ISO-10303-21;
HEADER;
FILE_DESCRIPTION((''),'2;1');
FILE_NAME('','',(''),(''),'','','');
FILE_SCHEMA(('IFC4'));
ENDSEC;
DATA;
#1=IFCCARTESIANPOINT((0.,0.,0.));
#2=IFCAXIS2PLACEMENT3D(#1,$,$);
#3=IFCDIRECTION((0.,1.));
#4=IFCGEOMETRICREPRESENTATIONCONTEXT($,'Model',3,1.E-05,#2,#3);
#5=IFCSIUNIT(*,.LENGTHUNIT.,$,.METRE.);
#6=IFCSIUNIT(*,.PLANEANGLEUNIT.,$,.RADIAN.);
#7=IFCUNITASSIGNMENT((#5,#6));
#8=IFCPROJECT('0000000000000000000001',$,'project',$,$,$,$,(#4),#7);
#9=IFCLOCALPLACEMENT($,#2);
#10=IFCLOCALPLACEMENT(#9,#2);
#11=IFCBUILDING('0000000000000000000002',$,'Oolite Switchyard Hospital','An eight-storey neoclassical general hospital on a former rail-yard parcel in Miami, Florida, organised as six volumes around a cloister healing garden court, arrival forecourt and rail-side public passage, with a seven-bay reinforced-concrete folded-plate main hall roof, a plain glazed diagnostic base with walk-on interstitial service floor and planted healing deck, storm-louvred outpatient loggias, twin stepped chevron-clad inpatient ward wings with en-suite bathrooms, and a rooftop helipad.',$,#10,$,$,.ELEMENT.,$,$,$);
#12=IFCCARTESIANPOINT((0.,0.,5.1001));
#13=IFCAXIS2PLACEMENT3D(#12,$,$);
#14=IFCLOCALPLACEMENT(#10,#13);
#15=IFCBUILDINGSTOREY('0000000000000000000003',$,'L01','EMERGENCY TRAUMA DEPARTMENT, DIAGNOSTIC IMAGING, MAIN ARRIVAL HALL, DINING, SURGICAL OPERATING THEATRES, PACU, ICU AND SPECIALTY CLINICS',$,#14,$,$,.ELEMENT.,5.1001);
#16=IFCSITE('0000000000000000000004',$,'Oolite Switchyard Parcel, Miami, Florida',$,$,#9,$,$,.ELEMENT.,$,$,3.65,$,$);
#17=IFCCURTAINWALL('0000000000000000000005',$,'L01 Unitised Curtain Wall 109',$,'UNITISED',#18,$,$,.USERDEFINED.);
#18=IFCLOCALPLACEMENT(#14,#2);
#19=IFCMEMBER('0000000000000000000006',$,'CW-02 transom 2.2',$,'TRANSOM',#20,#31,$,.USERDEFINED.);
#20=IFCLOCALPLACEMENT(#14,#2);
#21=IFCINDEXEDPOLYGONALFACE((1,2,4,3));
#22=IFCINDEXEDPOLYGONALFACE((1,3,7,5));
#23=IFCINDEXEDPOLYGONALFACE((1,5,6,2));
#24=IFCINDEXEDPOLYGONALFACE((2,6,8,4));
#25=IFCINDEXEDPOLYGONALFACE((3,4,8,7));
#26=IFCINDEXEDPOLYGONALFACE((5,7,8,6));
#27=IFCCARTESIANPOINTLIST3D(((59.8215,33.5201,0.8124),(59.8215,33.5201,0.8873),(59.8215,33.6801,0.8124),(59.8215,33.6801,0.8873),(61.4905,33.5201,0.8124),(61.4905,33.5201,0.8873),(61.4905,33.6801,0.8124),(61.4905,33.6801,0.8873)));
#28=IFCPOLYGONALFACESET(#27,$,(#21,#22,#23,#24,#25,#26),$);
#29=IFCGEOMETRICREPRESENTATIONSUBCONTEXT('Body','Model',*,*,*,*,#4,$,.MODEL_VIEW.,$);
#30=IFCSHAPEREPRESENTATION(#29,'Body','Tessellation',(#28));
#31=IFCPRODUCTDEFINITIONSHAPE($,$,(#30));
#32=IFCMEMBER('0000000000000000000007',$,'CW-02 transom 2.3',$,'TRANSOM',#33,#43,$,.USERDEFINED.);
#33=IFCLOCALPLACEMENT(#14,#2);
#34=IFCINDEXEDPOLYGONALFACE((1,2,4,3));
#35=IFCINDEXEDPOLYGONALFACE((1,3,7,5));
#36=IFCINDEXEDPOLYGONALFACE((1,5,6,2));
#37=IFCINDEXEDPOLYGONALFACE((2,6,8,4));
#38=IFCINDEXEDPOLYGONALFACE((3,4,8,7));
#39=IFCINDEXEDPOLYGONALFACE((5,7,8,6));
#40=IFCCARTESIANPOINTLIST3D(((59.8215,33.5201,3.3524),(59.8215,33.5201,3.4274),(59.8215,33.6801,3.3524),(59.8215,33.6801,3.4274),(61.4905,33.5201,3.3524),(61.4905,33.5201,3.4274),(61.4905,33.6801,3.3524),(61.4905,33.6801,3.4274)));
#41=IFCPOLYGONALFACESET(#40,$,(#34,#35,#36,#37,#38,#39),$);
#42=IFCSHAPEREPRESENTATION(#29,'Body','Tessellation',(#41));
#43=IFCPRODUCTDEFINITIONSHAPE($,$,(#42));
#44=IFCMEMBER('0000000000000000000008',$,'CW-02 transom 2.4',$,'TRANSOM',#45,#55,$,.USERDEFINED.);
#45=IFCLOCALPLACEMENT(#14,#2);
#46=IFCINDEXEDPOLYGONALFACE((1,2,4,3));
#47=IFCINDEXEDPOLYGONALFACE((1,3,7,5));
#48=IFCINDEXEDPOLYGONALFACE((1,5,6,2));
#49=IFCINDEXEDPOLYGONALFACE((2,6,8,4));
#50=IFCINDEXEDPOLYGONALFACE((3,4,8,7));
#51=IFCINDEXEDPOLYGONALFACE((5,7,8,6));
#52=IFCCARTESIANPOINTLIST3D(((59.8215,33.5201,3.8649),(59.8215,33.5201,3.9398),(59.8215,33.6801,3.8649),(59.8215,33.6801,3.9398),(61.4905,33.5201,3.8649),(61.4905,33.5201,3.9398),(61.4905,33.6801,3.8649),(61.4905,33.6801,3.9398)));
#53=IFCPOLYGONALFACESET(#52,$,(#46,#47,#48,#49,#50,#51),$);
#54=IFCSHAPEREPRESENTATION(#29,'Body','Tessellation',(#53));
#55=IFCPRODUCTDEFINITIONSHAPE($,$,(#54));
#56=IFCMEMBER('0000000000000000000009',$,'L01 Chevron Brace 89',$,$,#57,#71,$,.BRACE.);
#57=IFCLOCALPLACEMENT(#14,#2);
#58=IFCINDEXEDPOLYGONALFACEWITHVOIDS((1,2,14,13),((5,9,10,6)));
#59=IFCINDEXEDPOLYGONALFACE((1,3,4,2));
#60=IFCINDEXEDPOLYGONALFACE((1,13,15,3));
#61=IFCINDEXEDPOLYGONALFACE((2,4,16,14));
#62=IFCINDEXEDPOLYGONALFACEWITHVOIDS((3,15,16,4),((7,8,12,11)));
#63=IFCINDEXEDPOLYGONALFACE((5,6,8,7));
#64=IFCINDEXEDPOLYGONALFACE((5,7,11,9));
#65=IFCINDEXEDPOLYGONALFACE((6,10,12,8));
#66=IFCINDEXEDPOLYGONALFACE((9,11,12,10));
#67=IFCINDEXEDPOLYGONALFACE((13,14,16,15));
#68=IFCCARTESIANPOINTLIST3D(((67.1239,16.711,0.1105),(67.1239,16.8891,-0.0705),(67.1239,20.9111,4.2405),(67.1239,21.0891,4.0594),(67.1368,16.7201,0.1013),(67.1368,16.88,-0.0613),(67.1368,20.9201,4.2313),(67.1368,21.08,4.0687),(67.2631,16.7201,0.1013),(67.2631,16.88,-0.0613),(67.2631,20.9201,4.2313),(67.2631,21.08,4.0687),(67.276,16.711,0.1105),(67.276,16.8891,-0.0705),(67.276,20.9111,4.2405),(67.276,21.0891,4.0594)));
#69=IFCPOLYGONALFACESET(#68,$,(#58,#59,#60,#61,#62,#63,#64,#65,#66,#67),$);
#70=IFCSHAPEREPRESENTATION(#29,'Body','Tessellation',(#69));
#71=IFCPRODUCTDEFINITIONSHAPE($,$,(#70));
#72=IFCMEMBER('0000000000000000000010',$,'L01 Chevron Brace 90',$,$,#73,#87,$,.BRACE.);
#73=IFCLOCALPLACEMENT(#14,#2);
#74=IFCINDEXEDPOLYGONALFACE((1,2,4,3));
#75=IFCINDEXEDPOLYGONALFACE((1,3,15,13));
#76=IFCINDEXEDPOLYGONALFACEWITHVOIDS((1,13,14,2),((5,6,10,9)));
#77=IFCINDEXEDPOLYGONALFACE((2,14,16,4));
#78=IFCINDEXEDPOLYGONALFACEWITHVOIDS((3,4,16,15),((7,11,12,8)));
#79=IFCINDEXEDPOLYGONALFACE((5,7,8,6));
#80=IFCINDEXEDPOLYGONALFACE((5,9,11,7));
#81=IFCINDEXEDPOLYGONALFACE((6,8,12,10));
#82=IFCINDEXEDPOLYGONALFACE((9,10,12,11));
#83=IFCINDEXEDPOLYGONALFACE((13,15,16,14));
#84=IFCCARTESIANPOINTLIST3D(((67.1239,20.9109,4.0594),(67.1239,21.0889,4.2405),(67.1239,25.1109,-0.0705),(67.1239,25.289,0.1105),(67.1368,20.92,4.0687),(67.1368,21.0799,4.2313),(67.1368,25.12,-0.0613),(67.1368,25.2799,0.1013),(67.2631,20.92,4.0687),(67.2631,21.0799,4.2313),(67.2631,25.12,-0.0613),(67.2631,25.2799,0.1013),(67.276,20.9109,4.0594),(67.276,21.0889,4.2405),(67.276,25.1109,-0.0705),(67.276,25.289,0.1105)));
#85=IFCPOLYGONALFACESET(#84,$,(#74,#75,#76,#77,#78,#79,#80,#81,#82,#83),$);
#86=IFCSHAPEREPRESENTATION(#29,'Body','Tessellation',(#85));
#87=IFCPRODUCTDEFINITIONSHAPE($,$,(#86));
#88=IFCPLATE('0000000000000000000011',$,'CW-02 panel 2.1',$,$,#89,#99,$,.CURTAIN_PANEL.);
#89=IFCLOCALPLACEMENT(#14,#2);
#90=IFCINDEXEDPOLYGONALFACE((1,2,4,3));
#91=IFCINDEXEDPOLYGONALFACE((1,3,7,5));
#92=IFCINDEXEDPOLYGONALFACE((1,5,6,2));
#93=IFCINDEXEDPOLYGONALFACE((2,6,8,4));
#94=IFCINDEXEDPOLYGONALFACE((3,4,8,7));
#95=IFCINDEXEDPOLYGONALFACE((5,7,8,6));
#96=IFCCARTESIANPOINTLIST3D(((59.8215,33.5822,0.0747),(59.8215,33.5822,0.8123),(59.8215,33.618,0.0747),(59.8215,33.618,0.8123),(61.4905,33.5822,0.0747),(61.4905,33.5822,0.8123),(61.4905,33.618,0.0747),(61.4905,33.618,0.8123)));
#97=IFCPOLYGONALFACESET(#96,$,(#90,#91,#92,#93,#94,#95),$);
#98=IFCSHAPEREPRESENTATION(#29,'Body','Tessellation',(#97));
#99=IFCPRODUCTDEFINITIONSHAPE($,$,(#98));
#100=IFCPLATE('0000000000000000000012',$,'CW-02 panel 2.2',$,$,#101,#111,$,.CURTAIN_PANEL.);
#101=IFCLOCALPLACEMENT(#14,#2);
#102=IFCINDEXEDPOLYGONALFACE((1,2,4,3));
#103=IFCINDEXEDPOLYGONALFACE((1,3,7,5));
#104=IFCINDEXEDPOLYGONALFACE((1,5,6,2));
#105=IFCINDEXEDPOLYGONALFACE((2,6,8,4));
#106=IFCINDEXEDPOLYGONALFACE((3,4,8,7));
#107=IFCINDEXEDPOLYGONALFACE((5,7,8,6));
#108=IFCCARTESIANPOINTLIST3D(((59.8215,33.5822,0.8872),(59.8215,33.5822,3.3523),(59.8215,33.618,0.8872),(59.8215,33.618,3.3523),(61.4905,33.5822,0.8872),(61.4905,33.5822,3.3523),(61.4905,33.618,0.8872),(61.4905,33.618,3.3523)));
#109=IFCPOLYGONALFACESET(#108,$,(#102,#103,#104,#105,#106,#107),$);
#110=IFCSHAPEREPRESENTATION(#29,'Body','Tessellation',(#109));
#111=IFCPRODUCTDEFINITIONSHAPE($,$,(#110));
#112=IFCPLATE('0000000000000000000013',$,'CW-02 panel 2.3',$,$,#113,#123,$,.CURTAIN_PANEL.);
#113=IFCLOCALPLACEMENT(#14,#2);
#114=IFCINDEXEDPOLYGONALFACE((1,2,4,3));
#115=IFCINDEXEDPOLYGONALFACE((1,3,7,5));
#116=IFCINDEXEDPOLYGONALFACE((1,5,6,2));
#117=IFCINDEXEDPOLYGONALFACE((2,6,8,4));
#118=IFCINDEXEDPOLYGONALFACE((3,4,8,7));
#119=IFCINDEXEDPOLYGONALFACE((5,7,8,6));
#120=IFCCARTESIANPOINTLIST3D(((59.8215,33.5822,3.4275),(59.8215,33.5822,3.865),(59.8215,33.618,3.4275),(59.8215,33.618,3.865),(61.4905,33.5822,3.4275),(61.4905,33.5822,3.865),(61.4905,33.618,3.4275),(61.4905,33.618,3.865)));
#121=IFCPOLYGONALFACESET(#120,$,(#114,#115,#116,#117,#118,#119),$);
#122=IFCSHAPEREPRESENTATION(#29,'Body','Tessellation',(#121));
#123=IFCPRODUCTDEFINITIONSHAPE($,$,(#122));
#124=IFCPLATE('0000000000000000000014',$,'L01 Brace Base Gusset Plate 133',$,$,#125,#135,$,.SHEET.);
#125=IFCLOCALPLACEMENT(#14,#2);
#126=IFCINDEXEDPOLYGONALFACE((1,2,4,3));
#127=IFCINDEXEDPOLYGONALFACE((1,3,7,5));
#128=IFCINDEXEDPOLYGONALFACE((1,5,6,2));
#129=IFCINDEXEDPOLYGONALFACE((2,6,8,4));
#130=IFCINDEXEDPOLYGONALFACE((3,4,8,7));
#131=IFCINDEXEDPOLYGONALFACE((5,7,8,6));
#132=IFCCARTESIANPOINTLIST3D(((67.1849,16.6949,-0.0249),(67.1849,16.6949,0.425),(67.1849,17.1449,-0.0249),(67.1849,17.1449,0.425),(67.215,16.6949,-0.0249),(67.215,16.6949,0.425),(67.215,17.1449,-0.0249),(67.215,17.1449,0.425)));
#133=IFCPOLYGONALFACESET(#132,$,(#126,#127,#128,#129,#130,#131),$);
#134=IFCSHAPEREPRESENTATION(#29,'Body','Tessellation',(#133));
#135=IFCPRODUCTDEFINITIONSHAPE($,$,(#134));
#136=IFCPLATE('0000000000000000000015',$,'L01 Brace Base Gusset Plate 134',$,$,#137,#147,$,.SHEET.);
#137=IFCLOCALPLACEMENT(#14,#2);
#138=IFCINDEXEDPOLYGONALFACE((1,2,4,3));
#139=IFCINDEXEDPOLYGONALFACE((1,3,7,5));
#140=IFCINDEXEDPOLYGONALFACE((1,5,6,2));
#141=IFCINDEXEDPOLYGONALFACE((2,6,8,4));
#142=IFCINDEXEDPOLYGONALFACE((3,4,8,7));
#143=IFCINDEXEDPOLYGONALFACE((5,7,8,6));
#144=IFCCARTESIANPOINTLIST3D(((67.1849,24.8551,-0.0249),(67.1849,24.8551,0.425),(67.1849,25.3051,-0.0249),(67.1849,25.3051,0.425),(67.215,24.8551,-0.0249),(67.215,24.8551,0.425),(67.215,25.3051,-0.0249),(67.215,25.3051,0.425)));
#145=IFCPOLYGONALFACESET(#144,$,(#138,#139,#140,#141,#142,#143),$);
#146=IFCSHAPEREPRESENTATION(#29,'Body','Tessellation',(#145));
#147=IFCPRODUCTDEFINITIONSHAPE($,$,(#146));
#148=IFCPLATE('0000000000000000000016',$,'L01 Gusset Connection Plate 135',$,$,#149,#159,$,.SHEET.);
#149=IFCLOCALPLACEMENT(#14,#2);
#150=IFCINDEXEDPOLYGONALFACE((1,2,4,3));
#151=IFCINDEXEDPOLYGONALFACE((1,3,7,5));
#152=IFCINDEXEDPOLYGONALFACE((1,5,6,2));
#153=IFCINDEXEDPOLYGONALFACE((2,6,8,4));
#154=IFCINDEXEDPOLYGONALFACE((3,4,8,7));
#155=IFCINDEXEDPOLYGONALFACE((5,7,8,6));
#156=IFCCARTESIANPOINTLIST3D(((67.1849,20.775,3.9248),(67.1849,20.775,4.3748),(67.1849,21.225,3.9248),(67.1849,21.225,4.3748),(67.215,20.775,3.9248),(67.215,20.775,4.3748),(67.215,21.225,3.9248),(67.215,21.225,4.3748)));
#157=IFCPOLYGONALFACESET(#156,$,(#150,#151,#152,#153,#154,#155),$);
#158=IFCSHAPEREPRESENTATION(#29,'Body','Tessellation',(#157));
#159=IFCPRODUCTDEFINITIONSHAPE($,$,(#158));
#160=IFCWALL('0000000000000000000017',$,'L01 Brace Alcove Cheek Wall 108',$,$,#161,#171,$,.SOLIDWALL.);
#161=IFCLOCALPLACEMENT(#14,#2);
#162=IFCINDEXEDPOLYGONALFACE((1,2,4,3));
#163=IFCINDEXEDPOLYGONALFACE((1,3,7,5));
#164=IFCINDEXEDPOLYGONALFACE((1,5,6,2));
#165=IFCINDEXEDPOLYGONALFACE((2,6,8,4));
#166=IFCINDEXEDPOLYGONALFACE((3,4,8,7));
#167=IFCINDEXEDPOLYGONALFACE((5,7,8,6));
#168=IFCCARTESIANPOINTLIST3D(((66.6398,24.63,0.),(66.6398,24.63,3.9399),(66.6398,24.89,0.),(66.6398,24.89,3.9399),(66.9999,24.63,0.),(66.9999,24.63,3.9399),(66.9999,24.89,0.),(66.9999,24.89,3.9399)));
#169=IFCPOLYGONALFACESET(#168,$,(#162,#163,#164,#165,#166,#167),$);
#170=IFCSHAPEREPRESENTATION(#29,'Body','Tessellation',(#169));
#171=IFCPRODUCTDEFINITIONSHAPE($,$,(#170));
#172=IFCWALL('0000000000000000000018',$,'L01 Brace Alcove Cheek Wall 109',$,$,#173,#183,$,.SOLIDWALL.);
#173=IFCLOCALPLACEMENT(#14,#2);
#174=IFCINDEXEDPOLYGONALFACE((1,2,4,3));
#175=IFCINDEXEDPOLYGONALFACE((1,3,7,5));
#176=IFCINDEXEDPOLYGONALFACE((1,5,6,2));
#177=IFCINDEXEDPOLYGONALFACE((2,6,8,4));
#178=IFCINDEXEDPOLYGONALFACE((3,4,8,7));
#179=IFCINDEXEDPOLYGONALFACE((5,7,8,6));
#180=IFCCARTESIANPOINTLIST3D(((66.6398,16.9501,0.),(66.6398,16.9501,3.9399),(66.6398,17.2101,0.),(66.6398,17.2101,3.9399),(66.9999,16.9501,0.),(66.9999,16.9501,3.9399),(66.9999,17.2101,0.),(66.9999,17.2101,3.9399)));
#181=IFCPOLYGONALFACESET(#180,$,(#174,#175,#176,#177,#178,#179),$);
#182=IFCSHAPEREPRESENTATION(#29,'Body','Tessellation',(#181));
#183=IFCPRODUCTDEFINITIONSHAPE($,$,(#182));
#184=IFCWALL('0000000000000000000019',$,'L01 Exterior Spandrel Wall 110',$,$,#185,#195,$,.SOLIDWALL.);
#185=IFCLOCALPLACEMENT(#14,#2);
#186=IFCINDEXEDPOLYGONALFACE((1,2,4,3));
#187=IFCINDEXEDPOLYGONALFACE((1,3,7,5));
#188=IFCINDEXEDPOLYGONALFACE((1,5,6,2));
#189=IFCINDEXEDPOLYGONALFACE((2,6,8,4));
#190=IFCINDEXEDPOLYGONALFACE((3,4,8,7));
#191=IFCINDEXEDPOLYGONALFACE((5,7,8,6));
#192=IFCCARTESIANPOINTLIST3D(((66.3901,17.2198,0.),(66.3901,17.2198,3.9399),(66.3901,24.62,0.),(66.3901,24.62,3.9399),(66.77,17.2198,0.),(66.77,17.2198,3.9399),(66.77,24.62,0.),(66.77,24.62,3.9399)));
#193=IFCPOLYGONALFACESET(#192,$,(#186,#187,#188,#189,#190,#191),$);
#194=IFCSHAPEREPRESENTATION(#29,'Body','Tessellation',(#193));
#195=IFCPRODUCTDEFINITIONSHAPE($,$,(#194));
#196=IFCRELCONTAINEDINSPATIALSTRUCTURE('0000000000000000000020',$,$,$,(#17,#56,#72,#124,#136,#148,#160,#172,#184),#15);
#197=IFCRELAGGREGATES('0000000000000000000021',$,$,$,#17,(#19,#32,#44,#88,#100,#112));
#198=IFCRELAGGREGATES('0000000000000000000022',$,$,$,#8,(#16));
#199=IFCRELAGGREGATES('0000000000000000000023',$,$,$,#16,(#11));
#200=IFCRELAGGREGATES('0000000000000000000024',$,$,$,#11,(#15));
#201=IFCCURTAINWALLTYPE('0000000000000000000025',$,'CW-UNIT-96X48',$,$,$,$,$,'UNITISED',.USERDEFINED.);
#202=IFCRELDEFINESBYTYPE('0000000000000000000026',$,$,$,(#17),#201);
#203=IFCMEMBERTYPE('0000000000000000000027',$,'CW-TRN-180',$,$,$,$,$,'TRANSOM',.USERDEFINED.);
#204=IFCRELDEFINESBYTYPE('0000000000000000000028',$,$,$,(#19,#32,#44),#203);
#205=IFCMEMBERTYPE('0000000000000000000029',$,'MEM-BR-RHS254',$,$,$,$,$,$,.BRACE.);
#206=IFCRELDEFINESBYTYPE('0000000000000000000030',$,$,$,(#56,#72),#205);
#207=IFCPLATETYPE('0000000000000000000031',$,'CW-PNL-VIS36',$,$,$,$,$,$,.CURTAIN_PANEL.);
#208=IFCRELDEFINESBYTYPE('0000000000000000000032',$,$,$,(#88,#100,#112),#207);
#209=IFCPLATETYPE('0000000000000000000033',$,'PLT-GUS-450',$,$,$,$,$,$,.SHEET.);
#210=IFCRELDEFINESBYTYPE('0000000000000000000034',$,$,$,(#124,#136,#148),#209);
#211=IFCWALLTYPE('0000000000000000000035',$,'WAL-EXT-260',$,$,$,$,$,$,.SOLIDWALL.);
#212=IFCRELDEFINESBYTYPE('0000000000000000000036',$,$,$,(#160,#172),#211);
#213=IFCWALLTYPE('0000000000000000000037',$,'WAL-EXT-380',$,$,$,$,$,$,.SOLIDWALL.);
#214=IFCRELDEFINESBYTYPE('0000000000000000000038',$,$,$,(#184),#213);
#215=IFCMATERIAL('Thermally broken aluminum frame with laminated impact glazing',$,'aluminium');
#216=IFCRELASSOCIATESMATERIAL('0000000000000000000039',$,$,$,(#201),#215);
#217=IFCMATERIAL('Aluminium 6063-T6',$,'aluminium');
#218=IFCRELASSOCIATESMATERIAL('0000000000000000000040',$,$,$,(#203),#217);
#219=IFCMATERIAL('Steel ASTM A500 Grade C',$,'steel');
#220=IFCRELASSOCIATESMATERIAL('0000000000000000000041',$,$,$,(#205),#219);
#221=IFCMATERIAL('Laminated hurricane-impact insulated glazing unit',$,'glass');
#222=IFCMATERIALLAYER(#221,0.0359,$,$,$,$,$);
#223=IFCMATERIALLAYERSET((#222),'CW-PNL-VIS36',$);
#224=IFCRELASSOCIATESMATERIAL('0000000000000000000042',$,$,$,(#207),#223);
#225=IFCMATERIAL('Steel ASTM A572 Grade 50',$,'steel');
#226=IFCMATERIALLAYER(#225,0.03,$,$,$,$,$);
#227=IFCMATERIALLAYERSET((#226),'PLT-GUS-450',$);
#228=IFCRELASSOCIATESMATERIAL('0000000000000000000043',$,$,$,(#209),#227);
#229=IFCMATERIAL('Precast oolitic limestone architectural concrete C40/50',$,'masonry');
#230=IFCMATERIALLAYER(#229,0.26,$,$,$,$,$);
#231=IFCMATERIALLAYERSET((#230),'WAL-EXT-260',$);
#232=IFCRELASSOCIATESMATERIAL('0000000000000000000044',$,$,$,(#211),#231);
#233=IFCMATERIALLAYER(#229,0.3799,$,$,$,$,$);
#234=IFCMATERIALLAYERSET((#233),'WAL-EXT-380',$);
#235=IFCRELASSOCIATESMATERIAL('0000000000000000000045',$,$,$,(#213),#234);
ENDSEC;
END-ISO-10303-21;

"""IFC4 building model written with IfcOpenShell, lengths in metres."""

from ifc_helpers import new_model, si_unit, direction, frame, frame_2d, origin, origin_2d, place, context, subcontext, project, spatial, rectangle, hollow_rectangle, extrude, material, layer, layer_set, material_profile, profile_set, type_object, element, aggregate, save


model = new_model("IFC4")

# Units and contexts
model_context = context("Model", 3, precision=1e-05, world=origin(), true_north=direction((0.0, 1.0)))
body_context = subcontext(model_context, "Body", "Model", "MODEL_VIEW")
ifc_project = project(units=[si_unit("LENGTHUNIT", "METRE"), si_unit("PLANEANGLEUNIT", "RADIAN")], contexts=[model_context])

# Site, building, storey
site_placement = place(None, origin())
site = spatial("IfcSite", under=ifc_project, at=site_placement, Name="Oolite Switchyard Parcel, Miami, Florida", CompositionType="ELEMENT", RefElevation=3.65)
building_placement = place(site_placement, origin())
building = spatial("IfcBuilding", under=site, at=building_placement, Name="Oolite Switchyard Hospital", Description="An eight-storey neoclassical general hospital on a former rail-yard parcel in Miami, Florida, organised as six volumes around a cloister healing garden court, arrival forecourt and rail-side public passage, with a seven-bay reinforced-concrete folded-plate main hall roof, a plain glazed diagnostic base with walk-on interstitial service floor and planted healing deck, storm-louvred outpatient loggias, twin stepped chevron-clad inpatient ward wings with en-suite bathrooms, and a rooftop helipad.", CompositionType="ELEMENT")
storey_placement = place(building_placement, frame((0.0, 0.0, 5.1001)))
storey = spatial("IfcBuildingStorey", under=building, at=storey_placement, Name="L01", Description="EMERGENCY TRAUMA DEPARTMENT, DIAGNOSTIC IMAGING, MAIN ARRIVAL HALL, DINING, SURGICAL OPERATING THEATRES, PACU, ICU AND SPECIALTY CLINICS", CompositionType="ELEMENT", Elevation=5.1001)

# Curtain wall, members
ifc_material_1 = material(Name="Thermally broken aluminum frame with laminated impact glazing", Category="aluminium")
curtain_wall_type = type_object("IfcCurtainWallType", Name="CW-UNIT-96X48", ElementType="UNITISED", PredefinedType="USERDEFINED", material=ifc_material_1)
curtain_wall_placement = place(storey_placement, origin())
curtain_wall = element("IfcCurtainWall", 1, at=curtain_wall_placement, inside=storey, type_object=curtain_wall_type, Name="L01 Unitised Curtain Wall 109", ObjectType="UNITISED", PredefinedType="USERDEFINED")
ifc_material_2 = material(Name="Aluminium 6063-T6", Category="aluminium")
ifc_material_profile_1 = material_profile(ifc_material_2, rectangle(XDim=0.1599, YDim=0.075, at=origin_2d()), Name="CWT75X160")
ifc_profile_set_1 = profile_set([ifc_material_profile_1], Name="Aluminium 6063-T6")
member_type_1 = type_object("IfcMemberType", Name="CW-TRN-180", ElementType="TRANSOM", PredefinedType="USERDEFINED", material=ifc_profile_set_1)
member_1_placement = place(storey_placement, frame((59.8215, 33.6001, 0.8499), z_axis=(1.0, 0.0, 0.0), x_axis=(0.0, 1.0, 0.0)))
member_1 = element("IfcMember", 2, at=member_1_placement, type_object=member_type_1, Name="CW-02 transom 2.2", ObjectType="TRANSOM", PredefinedType="USERDEFINED", context=body_context, shape_type="SweptSolid", body=[
    extrude(rectangle(XDim=0.1599, YDim=0.075, at=origin_2d()), origin(), (0.0, 0.0, 1.0), 1.6689),
])
member_2_placement = place(storey_placement, frame((59.8215, 33.6001, 3.3899), z_axis=(1.0, 0.0, 0.0), x_axis=(0.0, 1.0, 0.0)))
member_2 = element("IfcMember", 3, at=member_2_placement, type_object=member_type_1, Name="CW-02 transom 2.3", ObjectType="TRANSOM", PredefinedType="USERDEFINED", context=body_context, shape_type="SweptSolid", body=[
    extrude(rectangle(XDim=0.1599, YDim=0.075, at=origin_2d()), origin(), (0.0, 0.0, 1.0), 1.6689),
])
member_3_placement = place(storey_placement, frame((59.8215, 33.6001, 3.9023), z_axis=(1.0, 0.0, 0.0), x_axis=(0.0, 1.0, 0.0)))
member_3 = element("IfcMember", 4, at=member_3_placement, type_object=member_type_1, Name="CW-02 transom 2.4", ObjectType="TRANSOM", PredefinedType="USERDEFINED", context=body_context, shape_type="SweptSolid", body=[
    extrude(rectangle(XDim=0.1599, YDim=0.075, at=origin_2d()), origin(), (0.0, 0.0, 1.0), 1.6689),
])

# Members
ifc_material_3 = material(Name="Steel ASTM A500 Grade C", Category="steel")
ifc_material_profile_2 = material_profile(ifc_material_3, hollow_rectangle(XDim=0.1521, YDim=0.2539, WallThickness=0.0129, at=origin_2d()), Name="HSS254X152X13")
ifc_profile_set_2 = profile_set([ifc_material_profile_2], Name="Steel ASTM A500 Grade C")
member_type_2 = type_object("IfcMemberType", Name="MEM-BR-RHS254", PredefinedType="BRACE", material=ifc_profile_set_2)
for number, where, z_axis, x_axis, name in (
    (5, (67.2, 16.8, 0.02), (0.0, 0.71303, 0.701134), (-1.0, 0.0, 0.0), "L01 Chevron Brace 89"),
    (6, (67.2, 25.2, 0.02), (0.0, -0.71303, 0.701134), (1.0, 0.0, 0.0), "L01 Chevron Brace 90"),
):
    element("IfcMember", number, at=place(storey_placement, frame(where, z_axis=z_axis, x_axis=x_axis)), inside=storey, type_object=member_type_2, Name=name, PredefinedType="BRACE", context=body_context, shape_type="SweptSolid", body=[
        extrude(hollow_rectangle(XDim=0.1521, YDim=0.2539, WallThickness=0.0129, at=origin_2d()), origin(), (0.0, 0.0, 1.0), 5.8904),
    ])

# Plates
ifc_material_4 = material(Name="Laminated hurricane-impact insulated glazing unit", Category="glass")
ifc_layer_1 = layer(ifc_material_4, 0.0359)
ifc_layer_set_1 = layer_set([ifc_layer_1], Name="CW-PNL-VIS36")
plate_type_1 = type_object("IfcPlateType", Name="CW-PNL-VIS36", PredefinedType="CURTAIN_PANEL", material=ifc_layer_set_1)
plate_1_placement = place(storey_placement, frame((60.656, 33.6001, 0.0747), z_axis=(0.0, 0.0, 1.0), x_axis=(1.0, 0.0, 0.0)))
plate_1 = element("IfcPlate", 7, at=plate_1_placement, type_object=plate_type_1, Name="CW-02 panel 2.1", PredefinedType="CURTAIN_PANEL", context=body_context, shape_type="SweptSolid", body=[
    extrude(rectangle(XDim=1.6689, YDim=0.0359, at=origin_2d()), origin(), (0.0, 0.0, 1.0), 0.7375),
])
plate_2_placement = place(storey_placement, frame((60.656, 33.6001, 0.8872), z_axis=(0.0, 0.0, 1.0), x_axis=(1.0, 0.0, 0.0)))
plate_2 = element("IfcPlate", 8, at=plate_2_placement, type_object=plate_type_1, Name="CW-02 panel 2.2", PredefinedType="CURTAIN_PANEL", context=body_context, shape_type="SweptSolid", body=[
    extrude(rectangle(XDim=1.6689, YDim=0.0359, at=origin_2d()), origin(), (0.0, 0.0, 1.0), 2.4651),
])
plate_3_placement = place(storey_placement, frame((60.656, 33.6001, 3.4275), z_axis=(0.0, 0.0, 1.0), x_axis=(1.0, 0.0, 0.0)))
plate_3 = element("IfcPlate", 9, at=plate_3_placement, type_object=plate_type_1, Name="CW-02 panel 2.3", PredefinedType="CURTAIN_PANEL", context=body_context, shape_type="SweptSolid", body=[
    extrude(rectangle(XDim=1.6689, YDim=0.0359, at=origin_2d()), origin(), (0.0, 0.0, 1.0), 0.4375),
])
aggregate(curtain_wall, [member_1, member_2, member_3, plate_1, plate_2, plate_3])

# Plates
ifc_material_5 = material(Name="Steel ASTM A572 Grade 50", Category="steel")
ifc_layer_2 = layer(ifc_material_5, 0.03)
ifc_layer_set_2 = layer_set([ifc_layer_2], Name="PLT-GUS-450")
plate_type_2 = type_object("IfcPlateType", Name="PLT-GUS-450", PredefinedType="SHEET", material=ifc_layer_set_2)
for number, where, z_axis, x_axis, name in (
    (10, (67.2, 16.9199, -0.0249), (0.0, 0.0, 1.0), (0.0, 1.0, 0.0), "L01 Brace Base Gusset Plate 133"),
    (11, (67.2, 25.0801, -0.0249), (0.0, 0.0, 1.0), (0.0, 1.0, 0.0), "L01 Brace Base Gusset Plate 134"),
    (12, (67.2, 21.0, 3.9248), (0.0, 0.0, 1.0), (0.0, 1.0, 0.0), "L01 Gusset Connection Plate 135"),
):
    element("IfcPlate", number, at=place(storey_placement, frame(where, z_axis=z_axis, x_axis=x_axis)), inside=storey, type_object=plate_type_2, Name=name, PredefinedType="SHEET", context=body_context, shape_type="SweptSolid", body=[
        extrude(rectangle(XDim=0.45, YDim=0.03, at=origin_2d()), origin(), (0.0, 0.0, 1.0), 0.45),
    ])

# Walls
ifc_material_6 = material(Name="Precast oolitic limestone architectural concrete C40/50", Category="masonry")
ifc_layer_3 = layer(ifc_material_6, 0.26)
ifc_layer_set_3 = layer_set([ifc_layer_3], Name="WAL-EXT-260")
wall_type_1 = type_object("IfcWallType", Name="WAL-EXT-260", PredefinedType="SOLIDWALL", material=ifc_layer_set_3)
for number, where, z_axis, x_axis, name in (
    (13, (67.0, 24.76, 0.0), (0.0, 0.0, 1.0), (-1.0, 0.0, 0.0), "L01 Brace Alcove Cheek Wall 108"),
    (14, (67.0, 17.0801, 0.0), (0.0, 0.0, 1.0), (-1.0, 0.0, 0.0), "L01 Brace Alcove Cheek Wall 109"),
):
    element("IfcWall", number, at=place(storey_placement, frame(where, z_axis=z_axis, x_axis=x_axis)), inside=storey, type_object=wall_type_1, Name=name, PredefinedType="SOLIDWALL", context=body_context, shape_type="SweptSolid", body=[
        extrude(rectangle(XDim=0.3601, YDim=0.26, at=frame_2d((0.1802, 0.0))), origin(), (0.0, 0.0, 1.0), 3.9399),
    ])
ifc_layer_4 = layer(ifc_material_6, 0.3799)
ifc_layer_set_4 = layer_set([ifc_layer_4], Name="WAL-EXT-380")
wall_type_2 = type_object("IfcWallType", Name="WAL-EXT-380", PredefinedType="SOLIDWALL", material=ifc_layer_set_4)
wall_1_placement = place(storey_placement, frame((66.5801, 24.6201, 0.0), z_axis=(0.0, 0.0, 1.0), x_axis=(0.0, -1.0, 0.0)))
element("IfcWall", 15, at=wall_1_placement, inside=storey, type_object=wall_type_2, Name="L01 Exterior Spandrel Wall 110", PredefinedType="SOLIDWALL", context=body_context, shape_type="SweptSolid", body=[
    extrude(rectangle(XDim=7.4001, YDim=0.3799, at=frame_2d((3.7002, 0.0))), origin(), (0.0, 0.0, 1.0), 3.9399),
])

save(model, "model.ifc")
